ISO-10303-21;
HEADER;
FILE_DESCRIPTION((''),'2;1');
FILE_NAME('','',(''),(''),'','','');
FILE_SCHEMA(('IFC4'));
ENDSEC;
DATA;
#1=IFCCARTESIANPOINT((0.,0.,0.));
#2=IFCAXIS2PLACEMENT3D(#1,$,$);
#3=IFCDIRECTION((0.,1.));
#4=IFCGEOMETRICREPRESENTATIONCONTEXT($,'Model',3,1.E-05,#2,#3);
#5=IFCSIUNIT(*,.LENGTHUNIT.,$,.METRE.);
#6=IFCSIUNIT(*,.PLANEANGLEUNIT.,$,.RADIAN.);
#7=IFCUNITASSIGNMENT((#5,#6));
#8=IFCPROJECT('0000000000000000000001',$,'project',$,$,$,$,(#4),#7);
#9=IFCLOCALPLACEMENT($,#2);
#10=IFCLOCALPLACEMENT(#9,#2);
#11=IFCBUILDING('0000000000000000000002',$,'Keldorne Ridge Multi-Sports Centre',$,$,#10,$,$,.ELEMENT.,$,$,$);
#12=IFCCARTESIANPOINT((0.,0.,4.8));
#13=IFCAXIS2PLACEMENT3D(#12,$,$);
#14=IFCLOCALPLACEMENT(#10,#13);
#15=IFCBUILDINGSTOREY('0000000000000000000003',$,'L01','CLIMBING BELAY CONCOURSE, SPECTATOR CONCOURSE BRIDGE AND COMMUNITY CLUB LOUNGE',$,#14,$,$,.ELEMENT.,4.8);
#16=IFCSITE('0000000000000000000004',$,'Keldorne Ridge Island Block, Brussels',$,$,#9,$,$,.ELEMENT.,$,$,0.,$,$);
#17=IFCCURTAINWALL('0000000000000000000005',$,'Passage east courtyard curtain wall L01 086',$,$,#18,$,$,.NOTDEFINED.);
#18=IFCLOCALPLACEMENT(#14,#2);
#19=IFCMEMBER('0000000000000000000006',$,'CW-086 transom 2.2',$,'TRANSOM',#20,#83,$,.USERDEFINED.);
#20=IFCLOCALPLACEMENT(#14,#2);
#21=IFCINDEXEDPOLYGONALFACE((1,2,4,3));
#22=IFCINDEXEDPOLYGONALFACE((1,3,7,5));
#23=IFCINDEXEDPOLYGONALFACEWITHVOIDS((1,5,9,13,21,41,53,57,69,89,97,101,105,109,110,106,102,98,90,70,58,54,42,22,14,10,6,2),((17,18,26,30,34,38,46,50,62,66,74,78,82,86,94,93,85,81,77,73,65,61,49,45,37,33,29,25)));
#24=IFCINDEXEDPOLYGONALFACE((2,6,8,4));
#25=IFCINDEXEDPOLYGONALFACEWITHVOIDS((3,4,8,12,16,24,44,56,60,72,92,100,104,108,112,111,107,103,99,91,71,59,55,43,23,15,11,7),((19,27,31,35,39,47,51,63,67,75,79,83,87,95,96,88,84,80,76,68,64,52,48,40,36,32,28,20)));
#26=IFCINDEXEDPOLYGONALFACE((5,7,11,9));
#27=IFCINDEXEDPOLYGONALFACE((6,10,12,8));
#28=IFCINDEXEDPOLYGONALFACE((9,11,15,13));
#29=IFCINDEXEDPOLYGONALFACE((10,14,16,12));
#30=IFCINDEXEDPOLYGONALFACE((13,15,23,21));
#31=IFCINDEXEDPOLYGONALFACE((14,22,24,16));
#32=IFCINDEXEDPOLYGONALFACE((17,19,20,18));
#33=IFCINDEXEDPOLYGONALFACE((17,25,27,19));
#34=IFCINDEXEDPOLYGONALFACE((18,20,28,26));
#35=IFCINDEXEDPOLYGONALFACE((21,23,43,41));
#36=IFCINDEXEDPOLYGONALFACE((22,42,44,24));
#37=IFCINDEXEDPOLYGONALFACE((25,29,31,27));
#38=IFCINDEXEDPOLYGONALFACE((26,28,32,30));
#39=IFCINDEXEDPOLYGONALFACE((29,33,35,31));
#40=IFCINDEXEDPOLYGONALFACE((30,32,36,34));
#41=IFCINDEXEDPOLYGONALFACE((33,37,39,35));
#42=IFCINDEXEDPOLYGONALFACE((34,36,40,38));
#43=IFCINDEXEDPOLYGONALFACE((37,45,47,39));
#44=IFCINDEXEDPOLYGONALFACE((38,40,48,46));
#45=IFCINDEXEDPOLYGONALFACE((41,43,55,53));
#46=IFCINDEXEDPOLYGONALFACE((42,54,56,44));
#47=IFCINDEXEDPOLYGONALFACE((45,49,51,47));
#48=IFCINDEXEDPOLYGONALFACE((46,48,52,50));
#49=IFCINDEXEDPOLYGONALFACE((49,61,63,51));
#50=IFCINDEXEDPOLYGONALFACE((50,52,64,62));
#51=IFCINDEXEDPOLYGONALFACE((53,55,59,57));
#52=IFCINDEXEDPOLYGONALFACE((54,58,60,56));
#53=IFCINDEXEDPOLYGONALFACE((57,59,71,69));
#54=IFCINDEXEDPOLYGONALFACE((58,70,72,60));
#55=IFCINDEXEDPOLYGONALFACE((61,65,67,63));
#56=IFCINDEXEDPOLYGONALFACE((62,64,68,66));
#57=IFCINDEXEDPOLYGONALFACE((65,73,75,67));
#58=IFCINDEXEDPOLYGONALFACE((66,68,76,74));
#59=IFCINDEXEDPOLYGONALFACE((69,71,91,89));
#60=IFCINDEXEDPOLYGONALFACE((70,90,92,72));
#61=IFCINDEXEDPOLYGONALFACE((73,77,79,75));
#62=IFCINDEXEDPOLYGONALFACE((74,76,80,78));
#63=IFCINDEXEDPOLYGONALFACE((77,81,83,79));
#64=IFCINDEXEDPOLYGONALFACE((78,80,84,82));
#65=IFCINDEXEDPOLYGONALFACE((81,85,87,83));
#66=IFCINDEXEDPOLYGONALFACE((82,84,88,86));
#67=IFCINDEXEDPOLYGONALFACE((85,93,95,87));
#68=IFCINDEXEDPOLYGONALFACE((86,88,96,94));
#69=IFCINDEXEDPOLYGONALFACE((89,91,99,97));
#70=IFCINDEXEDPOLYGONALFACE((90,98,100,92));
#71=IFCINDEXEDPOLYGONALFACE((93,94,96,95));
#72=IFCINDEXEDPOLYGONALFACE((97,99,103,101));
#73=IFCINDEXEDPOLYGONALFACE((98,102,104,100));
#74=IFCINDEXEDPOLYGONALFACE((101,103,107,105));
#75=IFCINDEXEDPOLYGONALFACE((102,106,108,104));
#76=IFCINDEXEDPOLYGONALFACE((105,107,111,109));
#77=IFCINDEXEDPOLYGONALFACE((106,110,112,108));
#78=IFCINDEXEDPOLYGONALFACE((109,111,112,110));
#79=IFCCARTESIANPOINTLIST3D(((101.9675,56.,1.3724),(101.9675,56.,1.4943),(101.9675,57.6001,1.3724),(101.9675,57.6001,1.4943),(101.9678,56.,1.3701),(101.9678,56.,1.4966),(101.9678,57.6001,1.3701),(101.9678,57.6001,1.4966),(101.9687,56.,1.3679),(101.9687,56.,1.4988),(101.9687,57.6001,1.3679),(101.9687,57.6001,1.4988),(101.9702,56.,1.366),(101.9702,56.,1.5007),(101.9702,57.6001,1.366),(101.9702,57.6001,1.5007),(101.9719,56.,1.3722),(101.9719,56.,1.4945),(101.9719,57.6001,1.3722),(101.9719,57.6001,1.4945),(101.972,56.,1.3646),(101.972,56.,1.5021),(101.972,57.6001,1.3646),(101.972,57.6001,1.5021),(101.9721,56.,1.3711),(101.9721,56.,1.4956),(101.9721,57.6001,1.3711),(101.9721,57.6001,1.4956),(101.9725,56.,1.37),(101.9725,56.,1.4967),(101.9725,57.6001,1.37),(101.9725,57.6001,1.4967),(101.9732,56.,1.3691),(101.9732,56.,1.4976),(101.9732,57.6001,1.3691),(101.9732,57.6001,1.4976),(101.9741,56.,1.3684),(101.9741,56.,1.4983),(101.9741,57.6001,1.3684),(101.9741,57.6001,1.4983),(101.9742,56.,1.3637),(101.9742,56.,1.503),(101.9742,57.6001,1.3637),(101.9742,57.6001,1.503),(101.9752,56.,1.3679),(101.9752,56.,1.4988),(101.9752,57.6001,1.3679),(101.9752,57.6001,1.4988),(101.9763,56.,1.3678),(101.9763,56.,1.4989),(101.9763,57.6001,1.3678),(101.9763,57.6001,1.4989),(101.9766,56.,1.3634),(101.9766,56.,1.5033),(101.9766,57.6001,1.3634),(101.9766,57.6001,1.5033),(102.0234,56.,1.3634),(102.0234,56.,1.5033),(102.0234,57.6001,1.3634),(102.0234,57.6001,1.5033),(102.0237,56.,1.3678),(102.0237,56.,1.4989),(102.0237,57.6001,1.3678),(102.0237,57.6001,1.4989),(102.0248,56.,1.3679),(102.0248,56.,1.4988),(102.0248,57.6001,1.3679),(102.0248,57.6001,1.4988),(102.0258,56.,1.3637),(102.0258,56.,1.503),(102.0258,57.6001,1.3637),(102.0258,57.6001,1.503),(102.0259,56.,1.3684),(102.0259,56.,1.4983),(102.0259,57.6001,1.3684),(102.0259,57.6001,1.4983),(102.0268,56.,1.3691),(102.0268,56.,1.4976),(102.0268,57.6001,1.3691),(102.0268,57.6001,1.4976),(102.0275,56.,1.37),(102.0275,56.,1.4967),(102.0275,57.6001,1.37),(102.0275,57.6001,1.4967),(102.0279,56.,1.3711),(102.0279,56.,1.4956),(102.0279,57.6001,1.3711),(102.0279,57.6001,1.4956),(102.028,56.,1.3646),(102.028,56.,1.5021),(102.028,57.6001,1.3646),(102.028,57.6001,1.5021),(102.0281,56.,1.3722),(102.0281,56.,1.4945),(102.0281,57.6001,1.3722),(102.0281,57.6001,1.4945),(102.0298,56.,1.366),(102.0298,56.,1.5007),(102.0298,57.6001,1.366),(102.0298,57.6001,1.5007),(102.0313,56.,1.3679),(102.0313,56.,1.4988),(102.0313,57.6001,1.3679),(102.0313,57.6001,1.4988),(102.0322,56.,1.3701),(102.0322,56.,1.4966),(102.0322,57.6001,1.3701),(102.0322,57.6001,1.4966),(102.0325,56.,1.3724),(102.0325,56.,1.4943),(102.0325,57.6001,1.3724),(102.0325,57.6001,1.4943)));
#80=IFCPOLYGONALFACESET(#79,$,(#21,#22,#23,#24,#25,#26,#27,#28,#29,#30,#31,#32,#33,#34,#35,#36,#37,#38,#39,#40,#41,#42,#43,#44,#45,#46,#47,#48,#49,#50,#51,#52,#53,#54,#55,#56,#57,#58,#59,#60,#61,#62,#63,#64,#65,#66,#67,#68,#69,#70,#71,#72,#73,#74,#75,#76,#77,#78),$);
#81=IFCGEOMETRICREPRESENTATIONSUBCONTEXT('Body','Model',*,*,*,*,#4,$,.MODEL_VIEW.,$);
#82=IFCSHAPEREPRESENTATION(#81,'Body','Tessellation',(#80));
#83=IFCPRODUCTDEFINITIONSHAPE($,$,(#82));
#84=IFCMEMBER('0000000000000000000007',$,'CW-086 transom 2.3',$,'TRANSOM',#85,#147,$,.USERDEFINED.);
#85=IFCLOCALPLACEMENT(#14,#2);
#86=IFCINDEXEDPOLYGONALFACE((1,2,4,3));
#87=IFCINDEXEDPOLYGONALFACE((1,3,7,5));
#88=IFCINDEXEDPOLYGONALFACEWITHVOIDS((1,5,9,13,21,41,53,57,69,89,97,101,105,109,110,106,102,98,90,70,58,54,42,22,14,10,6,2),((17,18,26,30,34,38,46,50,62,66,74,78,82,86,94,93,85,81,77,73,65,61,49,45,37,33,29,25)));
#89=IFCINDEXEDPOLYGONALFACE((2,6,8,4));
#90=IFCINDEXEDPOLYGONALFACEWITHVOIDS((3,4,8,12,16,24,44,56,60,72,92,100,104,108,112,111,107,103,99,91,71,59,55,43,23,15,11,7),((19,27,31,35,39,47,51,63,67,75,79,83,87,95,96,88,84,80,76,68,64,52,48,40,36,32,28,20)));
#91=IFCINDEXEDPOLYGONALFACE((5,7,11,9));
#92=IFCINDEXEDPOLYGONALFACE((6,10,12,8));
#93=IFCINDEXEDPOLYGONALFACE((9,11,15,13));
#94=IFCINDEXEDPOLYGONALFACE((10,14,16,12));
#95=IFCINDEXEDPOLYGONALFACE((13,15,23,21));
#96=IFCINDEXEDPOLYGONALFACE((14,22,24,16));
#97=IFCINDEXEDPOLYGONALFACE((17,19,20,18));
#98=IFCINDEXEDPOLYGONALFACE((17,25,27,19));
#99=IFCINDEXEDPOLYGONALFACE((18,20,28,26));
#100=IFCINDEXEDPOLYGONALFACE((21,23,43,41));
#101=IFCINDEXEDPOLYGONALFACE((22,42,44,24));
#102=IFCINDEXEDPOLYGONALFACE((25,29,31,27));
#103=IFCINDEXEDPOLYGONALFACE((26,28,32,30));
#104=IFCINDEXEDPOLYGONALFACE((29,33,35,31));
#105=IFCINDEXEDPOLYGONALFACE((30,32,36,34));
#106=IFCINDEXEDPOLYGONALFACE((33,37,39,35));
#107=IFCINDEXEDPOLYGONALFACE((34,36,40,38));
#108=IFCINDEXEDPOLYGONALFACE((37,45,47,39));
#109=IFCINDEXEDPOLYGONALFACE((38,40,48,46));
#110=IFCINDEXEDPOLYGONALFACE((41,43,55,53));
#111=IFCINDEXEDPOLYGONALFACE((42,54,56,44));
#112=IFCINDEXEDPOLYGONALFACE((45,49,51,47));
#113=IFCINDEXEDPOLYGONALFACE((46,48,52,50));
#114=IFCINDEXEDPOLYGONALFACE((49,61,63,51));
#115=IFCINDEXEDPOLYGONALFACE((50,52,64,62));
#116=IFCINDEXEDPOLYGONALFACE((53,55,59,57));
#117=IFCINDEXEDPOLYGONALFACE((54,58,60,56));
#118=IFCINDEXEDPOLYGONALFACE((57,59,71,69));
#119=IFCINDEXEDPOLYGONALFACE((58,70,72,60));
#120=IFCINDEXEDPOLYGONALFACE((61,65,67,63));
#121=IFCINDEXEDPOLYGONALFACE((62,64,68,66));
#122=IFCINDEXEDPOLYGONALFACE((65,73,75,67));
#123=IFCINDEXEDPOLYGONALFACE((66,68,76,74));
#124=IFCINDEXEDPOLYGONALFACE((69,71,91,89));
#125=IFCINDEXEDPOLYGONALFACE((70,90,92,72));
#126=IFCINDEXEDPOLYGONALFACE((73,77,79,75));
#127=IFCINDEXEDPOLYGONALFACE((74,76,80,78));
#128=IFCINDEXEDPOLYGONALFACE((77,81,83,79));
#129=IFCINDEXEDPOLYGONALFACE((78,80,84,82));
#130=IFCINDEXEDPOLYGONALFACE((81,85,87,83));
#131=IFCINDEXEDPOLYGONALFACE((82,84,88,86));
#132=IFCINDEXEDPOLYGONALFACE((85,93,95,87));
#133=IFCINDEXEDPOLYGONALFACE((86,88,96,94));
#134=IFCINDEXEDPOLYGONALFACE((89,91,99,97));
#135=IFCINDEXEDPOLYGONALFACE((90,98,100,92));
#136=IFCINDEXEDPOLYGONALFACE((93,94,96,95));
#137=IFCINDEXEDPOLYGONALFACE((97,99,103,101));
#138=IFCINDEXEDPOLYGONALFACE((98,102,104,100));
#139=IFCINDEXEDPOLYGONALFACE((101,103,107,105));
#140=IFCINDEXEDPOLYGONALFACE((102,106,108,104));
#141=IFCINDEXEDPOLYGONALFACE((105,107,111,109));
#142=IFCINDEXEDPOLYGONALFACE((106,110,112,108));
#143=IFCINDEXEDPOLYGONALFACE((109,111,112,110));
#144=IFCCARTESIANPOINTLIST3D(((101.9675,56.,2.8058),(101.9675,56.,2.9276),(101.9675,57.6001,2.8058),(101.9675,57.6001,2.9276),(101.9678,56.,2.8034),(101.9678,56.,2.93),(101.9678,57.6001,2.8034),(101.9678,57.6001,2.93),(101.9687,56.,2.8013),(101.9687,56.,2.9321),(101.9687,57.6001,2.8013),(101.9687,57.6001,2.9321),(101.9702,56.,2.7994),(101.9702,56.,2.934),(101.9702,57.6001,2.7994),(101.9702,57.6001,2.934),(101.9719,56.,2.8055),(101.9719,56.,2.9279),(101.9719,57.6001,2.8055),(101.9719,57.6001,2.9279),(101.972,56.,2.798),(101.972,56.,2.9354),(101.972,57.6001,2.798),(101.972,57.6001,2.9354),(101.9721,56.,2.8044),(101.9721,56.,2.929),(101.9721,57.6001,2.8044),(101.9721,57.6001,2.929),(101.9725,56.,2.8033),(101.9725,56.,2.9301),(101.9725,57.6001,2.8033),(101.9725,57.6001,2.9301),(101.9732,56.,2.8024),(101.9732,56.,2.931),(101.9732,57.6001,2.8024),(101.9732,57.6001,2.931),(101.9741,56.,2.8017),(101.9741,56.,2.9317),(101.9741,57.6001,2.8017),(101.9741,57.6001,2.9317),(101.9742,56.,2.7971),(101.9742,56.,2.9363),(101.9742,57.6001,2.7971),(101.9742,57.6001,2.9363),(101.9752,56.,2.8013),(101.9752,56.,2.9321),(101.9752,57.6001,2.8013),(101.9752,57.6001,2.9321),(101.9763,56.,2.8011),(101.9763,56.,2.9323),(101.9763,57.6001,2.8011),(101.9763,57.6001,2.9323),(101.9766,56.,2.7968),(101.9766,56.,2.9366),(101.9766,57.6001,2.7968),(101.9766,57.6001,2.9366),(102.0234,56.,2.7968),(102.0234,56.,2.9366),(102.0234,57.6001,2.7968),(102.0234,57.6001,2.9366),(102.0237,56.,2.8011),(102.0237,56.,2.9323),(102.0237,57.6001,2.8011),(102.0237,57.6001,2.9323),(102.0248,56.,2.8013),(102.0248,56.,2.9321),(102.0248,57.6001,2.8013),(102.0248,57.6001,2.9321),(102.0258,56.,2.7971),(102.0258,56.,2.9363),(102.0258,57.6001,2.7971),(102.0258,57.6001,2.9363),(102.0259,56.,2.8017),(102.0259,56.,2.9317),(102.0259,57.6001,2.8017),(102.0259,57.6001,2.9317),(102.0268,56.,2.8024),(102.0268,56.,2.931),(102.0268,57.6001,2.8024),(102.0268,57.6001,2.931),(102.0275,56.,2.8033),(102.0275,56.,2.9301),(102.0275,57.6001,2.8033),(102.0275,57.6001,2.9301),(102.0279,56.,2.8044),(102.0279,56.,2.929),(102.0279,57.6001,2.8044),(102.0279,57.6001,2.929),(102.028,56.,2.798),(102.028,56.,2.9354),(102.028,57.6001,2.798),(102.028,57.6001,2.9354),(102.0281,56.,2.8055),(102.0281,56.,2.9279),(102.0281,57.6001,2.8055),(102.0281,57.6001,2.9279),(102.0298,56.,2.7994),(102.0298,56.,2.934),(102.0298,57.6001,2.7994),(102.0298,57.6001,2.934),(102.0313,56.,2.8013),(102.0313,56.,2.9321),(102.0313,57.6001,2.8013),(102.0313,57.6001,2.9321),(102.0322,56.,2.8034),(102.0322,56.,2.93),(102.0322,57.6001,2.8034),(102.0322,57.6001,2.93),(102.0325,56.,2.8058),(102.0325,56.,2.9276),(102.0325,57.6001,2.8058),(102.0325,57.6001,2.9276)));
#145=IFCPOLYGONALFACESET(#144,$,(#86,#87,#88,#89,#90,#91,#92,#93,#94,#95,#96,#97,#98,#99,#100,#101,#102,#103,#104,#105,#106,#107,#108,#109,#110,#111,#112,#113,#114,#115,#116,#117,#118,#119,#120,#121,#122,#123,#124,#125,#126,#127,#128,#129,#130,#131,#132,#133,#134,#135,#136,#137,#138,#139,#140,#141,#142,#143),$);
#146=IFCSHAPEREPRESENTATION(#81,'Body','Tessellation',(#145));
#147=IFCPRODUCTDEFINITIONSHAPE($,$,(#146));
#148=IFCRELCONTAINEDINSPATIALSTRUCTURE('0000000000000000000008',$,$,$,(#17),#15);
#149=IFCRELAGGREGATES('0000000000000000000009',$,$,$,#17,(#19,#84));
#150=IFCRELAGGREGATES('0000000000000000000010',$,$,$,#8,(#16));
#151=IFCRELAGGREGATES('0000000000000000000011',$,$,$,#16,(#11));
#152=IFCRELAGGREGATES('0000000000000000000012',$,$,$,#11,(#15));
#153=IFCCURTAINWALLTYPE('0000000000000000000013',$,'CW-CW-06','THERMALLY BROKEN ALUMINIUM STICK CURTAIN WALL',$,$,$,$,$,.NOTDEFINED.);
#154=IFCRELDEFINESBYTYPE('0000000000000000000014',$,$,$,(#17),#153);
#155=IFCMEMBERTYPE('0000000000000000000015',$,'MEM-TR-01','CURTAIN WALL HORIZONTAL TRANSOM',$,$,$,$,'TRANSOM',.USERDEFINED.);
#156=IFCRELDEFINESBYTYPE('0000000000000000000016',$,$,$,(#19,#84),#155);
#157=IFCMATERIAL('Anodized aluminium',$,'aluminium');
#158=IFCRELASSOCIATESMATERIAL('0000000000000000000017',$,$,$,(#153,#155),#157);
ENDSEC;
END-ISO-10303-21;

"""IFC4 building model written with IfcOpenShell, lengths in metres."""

from ifc_helpers import new_model, si_unit, direction, frame, origin, origin_2d, place, context, subcontext, project, spatial, hollow_rectangle, extrude, material, material_profile, profile_set, type_object, element, aggregate, save


model = new_model("IFC4")

# Units and contexts
model_context = context("Model", 3, precision=1e-05, world=origin(), true_north=direction((0.0, 1.0)))
body_context = subcontext(model_context, "Body", "Model", "MODEL_VIEW")
ifc_project = project(units=[si_unit("LENGTHUNIT", "METRE"), si_unit("PLANEANGLEUNIT", "RADIAN")], contexts=[model_context])

# Site, building, storey
site_placement = place(None, origin())
site = spatial("IfcSite", under=ifc_project, at=site_placement, Name="Keldorne Ridge Island Block, Brussels", CompositionType="ELEMENT", RefElevation=0.0)
building_placement = place(site_placement, origin())
building = spatial("IfcBuilding", under=site, at=building_placement, Name="Keldorne Ridge Multi-Sports Centre", CompositionType="ELEMENT")
storey_placement = place(building_placement, frame((0.0, 0.0, 4.8)))
storey = spatial("IfcBuildingStorey", under=building, at=storey_placement, Name="L01", Description="CLIMBING BELAY CONCOURSE, SPECTATOR CONCOURSE BRIDGE AND COMMUNITY CLUB LOUNGE", CompositionType="ELEMENT", Elevation=4.8)

# Curtain wall, members
ifc_material_1 = material(Name="Anodized aluminium", Category="aluminium")
curtain_wall_type = type_object("IfcCurtainWallType", Name="CW-CW-06", Description="THERMALLY BROKEN ALUMINIUM STICK CURTAIN WALL", PredefinedType="NOTDEFINED", material=ifc_material_1)
curtain_wall_placement = place(storey_placement, origin())
curtain_wall = element("IfcCurtainWall", 1, at=curtain_wall_placement, inside=storey, type_object=curtain_wall_type, Name="Passage east courtyard curtain wall L01 086", PredefinedType="NOTDEFINED")
ifc_material_profile_1 = material_profile(ifc_material_1, hollow_rectangle(XDim=0.0649, YDim=0.1399, WallThickness=0.0044, InnerFilletRadius=0.0044, OuterFilletRadius=0.009, at=origin_2d()), Name="ALU TRANSOM 140x65x4.5")
ifc_profile_set_1 = profile_set([ifc_material_profile_1], Name="Anodized aluminium")
member_type_1 = type_object("IfcMemberType", Name="MEM-TR-01", Description="CURTAIN WALL HORIZONTAL TRANSOM", ElementType="TRANSOM", PredefinedType="USERDEFINED", material=ifc_profile_set_1)
member_1_placement = place(storey_placement, frame((102.0, 56.0, 1.4333), z_axis=(0.0, 1.0, 0.0), x_axis=(-1.0, 0.0, 0.0)))
member_1 = element("IfcMember", 2, at=member_1_placement, type_object=member_type_1, Name="CW-086 transom 2.2", ObjectType="TRANSOM", PredefinedType="USERDEFINED", context=body_context, shape_type="SweptSolid", body=[
    extrude(hollow_rectangle(XDim=0.0649, YDim=0.1399, WallThickness=0.0044, InnerFilletRadius=0.0044, OuterFilletRadius=0.009, at=origin_2d()), origin(), (0.0, 0.0, 1.0), 1.6001),
])
member_2_placement = place(storey_placement, frame((102.0, 56.0, 2.8667), z_axis=(0.0, 1.0, 0.0), x_axis=(-1.0, 0.0, 0.0)))
member_2 = element("IfcMember", 3, at=member_2_placement, type_object=member_type_1, Name="CW-086 transom 2.3", ObjectType="TRANSOM", PredefinedType="USERDEFINED", context=body_context, shape_type="SweptSolid", body=[
    extrude(hollow_rectangle(XDim=0.0649, YDim=0.1399, WallThickness=0.0044, InnerFilletRadius=0.0044, OuterFilletRadius=0.009, at=origin_2d()), origin(), (0.0, 0.0, 1.0), 1.6001),
])

aggregate(curtain_wall, [member_1, member_2])

save(model, "model.ifc")
